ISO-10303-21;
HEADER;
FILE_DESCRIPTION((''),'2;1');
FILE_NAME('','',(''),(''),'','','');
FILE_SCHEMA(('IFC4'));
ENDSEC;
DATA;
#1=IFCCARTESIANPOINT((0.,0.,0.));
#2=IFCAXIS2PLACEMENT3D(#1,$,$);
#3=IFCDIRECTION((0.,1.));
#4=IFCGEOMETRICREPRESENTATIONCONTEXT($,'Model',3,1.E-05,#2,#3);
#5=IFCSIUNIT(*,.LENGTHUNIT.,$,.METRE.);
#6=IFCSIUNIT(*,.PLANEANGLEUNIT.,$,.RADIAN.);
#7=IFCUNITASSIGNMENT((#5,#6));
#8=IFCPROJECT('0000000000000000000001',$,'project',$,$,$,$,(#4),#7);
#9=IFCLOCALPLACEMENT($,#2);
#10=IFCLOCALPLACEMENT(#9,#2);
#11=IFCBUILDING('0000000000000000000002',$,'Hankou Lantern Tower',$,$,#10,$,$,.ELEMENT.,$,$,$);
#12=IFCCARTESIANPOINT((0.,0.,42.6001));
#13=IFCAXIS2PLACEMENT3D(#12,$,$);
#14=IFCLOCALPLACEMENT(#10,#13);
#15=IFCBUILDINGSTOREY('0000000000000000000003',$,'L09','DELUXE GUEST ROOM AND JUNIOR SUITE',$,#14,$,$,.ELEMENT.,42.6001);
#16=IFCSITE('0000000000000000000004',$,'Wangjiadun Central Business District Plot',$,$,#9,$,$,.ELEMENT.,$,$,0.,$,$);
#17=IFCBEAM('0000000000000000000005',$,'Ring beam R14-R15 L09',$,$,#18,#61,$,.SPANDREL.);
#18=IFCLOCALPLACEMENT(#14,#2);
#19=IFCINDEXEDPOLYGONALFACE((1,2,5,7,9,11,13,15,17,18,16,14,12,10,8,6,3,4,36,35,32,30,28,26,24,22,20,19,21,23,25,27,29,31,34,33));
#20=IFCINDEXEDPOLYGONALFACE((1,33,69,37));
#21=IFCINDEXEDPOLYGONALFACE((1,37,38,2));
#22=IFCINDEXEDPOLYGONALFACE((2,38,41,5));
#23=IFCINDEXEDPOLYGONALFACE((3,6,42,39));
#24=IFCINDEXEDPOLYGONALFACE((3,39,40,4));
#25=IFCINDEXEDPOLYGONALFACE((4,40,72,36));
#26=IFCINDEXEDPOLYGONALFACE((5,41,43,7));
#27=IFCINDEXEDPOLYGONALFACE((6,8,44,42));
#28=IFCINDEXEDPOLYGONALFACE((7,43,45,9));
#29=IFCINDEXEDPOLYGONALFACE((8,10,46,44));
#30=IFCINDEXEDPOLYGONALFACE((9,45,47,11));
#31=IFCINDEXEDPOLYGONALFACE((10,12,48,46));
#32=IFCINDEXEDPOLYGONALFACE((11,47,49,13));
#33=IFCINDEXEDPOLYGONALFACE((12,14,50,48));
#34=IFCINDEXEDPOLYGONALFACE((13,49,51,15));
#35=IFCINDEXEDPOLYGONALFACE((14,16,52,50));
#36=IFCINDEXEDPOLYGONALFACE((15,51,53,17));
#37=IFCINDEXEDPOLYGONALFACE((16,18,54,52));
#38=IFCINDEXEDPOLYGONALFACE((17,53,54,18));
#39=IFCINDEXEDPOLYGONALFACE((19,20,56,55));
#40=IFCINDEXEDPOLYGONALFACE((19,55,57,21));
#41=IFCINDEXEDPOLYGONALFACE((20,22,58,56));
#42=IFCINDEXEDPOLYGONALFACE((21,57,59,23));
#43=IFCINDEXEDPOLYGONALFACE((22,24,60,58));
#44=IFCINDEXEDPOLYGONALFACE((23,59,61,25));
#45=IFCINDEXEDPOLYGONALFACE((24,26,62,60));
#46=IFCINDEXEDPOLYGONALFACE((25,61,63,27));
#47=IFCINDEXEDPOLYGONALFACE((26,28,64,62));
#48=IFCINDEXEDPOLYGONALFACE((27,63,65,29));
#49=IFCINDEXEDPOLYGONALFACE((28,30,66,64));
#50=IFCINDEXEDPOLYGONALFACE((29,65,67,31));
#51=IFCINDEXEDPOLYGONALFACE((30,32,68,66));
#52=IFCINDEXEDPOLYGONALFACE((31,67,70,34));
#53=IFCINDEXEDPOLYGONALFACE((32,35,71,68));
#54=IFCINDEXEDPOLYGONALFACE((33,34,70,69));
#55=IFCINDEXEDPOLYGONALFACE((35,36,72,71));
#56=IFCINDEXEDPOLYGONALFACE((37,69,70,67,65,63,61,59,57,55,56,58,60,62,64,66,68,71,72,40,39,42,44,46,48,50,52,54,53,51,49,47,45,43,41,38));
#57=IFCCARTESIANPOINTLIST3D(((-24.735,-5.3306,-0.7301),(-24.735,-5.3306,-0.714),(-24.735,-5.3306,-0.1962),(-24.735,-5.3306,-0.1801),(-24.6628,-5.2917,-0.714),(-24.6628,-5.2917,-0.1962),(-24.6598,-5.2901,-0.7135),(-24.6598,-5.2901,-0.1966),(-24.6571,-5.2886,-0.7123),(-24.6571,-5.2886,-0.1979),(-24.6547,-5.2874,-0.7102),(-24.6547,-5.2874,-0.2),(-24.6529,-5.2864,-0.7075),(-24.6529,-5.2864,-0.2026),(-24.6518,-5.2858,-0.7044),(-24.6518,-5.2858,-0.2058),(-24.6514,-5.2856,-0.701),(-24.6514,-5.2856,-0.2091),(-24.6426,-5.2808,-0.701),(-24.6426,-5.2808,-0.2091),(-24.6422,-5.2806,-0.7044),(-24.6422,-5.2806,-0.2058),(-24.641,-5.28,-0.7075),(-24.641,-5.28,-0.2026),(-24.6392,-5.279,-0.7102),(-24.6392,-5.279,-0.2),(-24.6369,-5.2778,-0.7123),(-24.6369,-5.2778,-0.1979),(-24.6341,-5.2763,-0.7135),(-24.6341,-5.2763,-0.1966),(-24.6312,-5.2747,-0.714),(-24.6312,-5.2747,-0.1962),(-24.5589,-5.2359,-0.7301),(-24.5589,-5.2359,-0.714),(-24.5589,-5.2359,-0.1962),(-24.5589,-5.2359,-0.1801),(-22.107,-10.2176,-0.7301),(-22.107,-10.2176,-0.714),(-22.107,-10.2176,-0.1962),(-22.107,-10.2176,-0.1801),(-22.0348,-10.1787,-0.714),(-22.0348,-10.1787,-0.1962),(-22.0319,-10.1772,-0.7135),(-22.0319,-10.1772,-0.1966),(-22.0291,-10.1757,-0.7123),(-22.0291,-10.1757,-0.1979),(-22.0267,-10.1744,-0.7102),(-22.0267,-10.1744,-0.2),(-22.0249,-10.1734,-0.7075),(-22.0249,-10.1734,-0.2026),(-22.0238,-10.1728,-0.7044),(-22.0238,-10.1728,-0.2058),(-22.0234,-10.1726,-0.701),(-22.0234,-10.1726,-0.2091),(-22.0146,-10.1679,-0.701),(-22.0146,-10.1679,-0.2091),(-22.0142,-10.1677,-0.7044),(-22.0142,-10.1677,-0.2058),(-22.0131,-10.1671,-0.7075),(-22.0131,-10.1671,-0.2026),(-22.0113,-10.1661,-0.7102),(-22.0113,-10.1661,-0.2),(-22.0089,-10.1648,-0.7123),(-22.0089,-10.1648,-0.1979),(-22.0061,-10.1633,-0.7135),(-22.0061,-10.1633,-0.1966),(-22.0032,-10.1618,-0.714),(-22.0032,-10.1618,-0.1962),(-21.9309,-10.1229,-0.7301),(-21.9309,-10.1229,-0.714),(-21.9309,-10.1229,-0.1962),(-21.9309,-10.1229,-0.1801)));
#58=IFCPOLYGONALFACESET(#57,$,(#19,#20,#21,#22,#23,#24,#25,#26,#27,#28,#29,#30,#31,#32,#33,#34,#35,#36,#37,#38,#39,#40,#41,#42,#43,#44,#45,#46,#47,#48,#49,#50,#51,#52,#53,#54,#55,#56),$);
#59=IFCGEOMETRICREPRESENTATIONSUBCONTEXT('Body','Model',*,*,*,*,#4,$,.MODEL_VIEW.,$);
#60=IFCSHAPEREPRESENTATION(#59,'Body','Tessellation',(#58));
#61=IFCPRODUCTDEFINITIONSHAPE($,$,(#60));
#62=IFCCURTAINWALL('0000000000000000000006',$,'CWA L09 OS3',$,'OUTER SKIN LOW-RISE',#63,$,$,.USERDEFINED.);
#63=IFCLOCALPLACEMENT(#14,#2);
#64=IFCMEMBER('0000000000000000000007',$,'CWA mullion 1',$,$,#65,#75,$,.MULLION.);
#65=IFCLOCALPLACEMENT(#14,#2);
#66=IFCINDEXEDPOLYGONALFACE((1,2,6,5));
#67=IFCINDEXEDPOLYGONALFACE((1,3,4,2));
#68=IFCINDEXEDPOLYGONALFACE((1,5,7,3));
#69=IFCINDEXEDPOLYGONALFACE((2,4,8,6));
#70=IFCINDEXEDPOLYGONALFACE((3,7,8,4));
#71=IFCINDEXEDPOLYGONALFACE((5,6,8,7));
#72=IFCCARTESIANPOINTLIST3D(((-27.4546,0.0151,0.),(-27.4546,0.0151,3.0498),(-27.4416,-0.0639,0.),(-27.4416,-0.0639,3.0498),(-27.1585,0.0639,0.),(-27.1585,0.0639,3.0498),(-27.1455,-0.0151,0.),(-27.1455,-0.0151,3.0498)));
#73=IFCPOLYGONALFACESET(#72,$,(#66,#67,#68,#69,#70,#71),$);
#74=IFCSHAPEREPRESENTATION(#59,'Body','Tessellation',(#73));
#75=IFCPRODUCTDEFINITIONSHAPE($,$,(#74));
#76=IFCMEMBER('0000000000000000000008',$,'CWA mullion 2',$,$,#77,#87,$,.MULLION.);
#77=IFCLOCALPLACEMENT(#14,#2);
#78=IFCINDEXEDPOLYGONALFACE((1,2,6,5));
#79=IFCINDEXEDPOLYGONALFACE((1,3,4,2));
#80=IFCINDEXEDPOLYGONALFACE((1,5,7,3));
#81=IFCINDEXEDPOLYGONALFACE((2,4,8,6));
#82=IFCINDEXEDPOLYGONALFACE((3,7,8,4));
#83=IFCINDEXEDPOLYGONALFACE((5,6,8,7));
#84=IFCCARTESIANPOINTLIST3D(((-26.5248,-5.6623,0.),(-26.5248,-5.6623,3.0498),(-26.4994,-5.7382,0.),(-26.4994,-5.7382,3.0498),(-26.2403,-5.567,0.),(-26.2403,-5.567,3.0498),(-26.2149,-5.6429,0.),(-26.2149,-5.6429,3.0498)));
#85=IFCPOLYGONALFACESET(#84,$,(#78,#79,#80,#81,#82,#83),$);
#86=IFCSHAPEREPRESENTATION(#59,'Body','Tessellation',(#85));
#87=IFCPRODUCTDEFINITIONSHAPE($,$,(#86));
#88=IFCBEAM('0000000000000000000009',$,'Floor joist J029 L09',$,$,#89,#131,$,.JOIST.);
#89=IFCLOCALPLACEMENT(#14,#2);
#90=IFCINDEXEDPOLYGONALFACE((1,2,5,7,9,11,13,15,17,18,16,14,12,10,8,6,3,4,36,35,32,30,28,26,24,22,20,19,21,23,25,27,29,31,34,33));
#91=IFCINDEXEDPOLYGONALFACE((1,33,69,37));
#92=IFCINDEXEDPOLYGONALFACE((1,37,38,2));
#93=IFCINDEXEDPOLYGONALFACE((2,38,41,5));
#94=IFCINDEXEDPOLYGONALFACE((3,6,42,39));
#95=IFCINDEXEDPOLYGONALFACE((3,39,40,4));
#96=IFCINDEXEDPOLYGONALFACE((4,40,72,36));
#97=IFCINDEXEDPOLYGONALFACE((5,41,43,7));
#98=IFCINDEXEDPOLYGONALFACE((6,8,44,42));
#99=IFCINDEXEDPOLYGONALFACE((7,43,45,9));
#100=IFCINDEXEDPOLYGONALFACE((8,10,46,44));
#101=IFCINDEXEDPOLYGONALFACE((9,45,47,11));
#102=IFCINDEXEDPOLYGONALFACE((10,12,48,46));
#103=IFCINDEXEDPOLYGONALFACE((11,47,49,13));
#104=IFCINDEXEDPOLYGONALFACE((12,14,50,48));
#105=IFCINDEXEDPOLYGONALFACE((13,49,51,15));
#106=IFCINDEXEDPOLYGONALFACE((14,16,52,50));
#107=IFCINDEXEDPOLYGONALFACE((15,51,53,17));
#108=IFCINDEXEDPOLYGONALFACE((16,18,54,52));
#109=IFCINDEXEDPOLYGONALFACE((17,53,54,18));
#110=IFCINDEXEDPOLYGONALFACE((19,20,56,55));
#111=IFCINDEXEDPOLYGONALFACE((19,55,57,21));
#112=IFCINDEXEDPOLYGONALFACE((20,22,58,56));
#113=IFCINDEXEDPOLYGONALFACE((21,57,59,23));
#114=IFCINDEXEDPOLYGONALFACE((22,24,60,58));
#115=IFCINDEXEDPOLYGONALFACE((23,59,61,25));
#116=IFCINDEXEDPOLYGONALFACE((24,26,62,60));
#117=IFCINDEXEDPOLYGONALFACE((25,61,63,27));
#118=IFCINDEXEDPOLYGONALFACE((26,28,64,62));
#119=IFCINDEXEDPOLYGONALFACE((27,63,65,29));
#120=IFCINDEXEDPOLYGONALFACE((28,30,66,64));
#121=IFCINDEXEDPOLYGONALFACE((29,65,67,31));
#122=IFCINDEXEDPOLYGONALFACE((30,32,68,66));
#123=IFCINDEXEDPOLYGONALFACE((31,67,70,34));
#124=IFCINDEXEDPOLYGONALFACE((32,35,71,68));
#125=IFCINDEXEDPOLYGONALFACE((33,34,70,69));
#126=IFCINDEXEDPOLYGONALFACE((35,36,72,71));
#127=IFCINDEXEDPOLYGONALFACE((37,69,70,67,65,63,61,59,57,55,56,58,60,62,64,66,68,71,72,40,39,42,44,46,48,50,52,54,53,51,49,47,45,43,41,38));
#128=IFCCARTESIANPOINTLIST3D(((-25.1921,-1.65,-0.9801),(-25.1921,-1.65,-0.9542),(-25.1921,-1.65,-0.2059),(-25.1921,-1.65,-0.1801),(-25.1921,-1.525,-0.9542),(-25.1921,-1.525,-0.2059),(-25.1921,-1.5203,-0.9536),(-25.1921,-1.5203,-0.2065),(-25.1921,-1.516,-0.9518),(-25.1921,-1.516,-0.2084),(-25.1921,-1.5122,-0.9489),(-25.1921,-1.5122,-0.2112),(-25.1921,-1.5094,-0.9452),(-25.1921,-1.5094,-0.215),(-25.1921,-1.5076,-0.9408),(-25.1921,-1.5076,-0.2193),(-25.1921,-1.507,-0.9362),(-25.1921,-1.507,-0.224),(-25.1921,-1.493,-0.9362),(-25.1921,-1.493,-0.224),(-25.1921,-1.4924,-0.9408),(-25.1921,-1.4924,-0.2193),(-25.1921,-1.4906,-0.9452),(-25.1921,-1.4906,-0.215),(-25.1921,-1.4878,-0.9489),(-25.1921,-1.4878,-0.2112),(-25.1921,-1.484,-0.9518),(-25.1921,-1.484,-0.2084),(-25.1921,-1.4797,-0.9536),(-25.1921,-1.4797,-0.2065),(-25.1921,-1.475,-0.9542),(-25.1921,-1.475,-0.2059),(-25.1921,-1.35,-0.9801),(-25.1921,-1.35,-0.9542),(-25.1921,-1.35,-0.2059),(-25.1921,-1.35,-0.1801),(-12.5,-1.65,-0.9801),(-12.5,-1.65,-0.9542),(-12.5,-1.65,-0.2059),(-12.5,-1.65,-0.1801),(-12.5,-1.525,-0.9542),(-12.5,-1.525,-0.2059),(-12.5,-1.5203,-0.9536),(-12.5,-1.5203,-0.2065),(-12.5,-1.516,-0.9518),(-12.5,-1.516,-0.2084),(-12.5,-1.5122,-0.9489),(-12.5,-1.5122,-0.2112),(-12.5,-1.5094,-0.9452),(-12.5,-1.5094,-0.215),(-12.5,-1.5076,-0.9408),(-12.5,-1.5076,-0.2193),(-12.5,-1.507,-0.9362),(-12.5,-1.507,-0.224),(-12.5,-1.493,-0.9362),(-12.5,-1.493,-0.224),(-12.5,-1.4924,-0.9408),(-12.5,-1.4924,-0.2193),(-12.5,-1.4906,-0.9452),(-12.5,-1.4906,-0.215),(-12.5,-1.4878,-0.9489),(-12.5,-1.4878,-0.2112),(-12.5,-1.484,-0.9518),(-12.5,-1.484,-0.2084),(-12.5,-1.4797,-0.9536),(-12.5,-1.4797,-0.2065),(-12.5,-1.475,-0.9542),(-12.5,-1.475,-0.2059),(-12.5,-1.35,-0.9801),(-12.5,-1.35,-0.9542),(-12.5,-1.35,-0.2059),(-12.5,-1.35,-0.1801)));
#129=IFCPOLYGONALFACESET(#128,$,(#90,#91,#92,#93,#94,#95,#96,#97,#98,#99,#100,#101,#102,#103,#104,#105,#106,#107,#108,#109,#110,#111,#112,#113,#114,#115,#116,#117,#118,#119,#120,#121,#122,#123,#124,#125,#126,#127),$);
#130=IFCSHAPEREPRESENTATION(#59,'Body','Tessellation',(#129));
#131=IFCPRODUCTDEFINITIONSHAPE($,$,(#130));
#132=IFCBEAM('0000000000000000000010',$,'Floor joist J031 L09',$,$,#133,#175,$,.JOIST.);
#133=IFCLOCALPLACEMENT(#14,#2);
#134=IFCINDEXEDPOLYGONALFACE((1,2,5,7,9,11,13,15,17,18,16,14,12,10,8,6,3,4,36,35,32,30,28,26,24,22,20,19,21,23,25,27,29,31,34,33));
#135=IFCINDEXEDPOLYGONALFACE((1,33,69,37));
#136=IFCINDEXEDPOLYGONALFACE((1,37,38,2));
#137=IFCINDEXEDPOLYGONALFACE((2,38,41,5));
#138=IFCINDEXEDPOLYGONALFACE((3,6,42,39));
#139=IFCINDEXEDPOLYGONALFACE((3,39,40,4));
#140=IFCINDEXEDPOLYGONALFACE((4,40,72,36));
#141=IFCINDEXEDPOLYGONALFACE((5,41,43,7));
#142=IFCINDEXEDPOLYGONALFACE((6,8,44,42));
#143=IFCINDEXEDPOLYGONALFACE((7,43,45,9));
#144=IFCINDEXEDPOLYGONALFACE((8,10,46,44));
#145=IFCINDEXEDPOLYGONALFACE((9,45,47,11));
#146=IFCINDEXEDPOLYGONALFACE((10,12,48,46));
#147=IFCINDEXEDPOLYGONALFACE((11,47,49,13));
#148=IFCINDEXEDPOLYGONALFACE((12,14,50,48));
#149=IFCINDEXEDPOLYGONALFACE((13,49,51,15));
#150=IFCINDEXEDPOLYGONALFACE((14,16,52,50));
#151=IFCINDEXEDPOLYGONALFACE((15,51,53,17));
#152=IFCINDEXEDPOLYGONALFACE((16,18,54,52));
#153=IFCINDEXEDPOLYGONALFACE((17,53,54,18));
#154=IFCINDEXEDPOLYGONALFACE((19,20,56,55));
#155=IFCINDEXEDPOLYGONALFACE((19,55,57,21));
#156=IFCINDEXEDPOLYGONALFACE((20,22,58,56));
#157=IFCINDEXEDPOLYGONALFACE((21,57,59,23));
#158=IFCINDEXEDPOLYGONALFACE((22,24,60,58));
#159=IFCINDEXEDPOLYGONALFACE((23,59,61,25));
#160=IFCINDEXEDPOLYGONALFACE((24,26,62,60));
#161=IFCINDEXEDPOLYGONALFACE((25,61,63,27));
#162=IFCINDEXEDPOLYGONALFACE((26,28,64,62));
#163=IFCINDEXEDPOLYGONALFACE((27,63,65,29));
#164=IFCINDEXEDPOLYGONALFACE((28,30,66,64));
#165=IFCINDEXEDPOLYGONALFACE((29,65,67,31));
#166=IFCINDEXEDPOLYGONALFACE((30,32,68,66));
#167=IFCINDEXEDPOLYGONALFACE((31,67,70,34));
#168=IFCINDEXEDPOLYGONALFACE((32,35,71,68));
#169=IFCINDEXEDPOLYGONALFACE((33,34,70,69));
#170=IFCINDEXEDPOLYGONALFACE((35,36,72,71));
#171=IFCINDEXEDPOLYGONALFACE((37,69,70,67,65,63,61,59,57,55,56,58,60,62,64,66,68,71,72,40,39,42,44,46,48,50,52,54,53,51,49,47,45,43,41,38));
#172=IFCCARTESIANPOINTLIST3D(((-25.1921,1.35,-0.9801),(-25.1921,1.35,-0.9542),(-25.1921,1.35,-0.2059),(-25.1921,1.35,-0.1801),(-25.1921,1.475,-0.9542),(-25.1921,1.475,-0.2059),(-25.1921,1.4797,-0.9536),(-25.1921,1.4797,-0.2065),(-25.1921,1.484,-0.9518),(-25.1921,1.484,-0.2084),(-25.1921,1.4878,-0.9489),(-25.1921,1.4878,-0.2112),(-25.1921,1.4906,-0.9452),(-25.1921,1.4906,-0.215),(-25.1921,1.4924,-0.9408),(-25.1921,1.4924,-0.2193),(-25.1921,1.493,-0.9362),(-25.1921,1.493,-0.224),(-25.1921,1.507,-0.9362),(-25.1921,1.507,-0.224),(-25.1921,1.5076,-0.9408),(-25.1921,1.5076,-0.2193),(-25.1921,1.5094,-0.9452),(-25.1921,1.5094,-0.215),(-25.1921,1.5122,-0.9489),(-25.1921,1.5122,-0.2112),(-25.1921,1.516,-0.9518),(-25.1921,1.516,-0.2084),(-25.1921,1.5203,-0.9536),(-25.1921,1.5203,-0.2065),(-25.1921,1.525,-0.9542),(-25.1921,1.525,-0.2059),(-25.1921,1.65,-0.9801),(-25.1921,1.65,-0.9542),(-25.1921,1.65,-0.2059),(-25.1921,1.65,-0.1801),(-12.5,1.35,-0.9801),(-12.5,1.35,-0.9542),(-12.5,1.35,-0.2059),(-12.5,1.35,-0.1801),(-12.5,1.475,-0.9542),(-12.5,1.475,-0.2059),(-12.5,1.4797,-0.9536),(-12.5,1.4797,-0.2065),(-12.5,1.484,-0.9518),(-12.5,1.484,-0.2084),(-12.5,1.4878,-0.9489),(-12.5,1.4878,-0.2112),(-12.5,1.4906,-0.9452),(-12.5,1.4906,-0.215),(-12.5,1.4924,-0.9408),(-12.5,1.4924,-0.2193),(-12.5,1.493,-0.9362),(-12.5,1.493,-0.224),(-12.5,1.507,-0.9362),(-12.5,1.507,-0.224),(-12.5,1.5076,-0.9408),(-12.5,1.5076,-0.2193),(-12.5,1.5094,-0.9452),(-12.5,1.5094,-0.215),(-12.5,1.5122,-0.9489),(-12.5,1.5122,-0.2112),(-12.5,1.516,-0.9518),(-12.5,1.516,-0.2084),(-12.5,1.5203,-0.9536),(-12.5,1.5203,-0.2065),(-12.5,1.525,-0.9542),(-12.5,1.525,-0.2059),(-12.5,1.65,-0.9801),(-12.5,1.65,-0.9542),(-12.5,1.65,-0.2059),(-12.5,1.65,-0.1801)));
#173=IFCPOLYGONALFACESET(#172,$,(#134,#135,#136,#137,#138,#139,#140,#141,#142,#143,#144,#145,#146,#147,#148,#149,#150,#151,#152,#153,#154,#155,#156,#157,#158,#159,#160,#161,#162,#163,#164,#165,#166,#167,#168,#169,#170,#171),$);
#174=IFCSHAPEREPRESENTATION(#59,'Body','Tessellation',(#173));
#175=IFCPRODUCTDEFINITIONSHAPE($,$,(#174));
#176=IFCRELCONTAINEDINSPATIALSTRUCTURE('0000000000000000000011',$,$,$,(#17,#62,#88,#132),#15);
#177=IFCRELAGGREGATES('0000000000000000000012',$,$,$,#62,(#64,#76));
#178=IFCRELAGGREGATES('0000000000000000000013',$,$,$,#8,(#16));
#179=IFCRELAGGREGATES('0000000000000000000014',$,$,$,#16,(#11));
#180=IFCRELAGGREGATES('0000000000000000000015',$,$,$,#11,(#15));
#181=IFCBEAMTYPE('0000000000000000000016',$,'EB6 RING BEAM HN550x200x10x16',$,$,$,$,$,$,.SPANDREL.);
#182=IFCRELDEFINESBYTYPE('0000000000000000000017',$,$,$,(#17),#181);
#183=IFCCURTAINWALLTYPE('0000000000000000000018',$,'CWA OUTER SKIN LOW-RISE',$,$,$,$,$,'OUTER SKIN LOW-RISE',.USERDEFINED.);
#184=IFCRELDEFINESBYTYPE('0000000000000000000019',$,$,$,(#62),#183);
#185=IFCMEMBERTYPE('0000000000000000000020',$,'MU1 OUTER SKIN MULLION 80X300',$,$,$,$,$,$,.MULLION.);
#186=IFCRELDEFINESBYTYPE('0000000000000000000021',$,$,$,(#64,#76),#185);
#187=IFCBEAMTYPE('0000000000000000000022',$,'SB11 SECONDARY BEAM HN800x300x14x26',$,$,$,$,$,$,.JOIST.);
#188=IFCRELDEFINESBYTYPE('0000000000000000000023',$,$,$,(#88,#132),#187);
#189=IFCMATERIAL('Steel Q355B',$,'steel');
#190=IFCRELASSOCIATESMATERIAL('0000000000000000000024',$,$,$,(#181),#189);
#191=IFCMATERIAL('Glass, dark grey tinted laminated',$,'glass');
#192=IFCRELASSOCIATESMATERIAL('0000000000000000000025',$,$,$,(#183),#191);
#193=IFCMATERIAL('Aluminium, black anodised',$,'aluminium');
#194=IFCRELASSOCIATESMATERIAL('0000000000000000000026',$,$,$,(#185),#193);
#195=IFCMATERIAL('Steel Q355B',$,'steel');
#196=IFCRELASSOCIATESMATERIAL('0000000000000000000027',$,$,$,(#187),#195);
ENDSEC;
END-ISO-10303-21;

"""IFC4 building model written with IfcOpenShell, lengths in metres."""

from ifc_helpers import new_model, si_unit, direction, frame, origin, origin_2d, place, context, subcontext, project, spatial, rectangle, i_section, extrude, material, material_profile, profile_set, type_object, element, aggregate, save


model = new_model("IFC4")

# Units and contexts
model_context = context("Model", 3, precision=1e-05, world=origin(), true_north=direction((0.0, 1.0)))
body_context = subcontext(model_context, "Body", "Model", "MODEL_VIEW")
ifc_project = project(units=[si_unit("LENGTHUNIT", "METRE"), si_unit("PLANEANGLEUNIT", "RADIAN")], contexts=[model_context])

# Site, building, storey
site_placement = place(None, origin())
site = spatial("IfcSite", under=ifc_project, at=site_placement, Name="Wangjiadun Central Business District Plot", CompositionType="ELEMENT", RefElevation=0.0)
building_placement = place(site_placement, origin())
building = spatial("IfcBuilding", under=site, at=building_placement, Name="Hankou Lantern Tower", CompositionType="ELEMENT")
storey_placement = place(building_placement, frame((0.0, 0.0, 42.6001)))
storey = spatial("IfcBuildingStorey", under=building, at=storey_placement, Name="L09", Description="DELUXE GUEST ROOM AND JUNIOR SUITE", CompositionType="ELEMENT", Elevation=42.6001)

# Beam
ifc_material_1 = material(Name="Steel Q355B", Category="steel")
ifc_material_profile_1 = material_profile(ifc_material_1, i_section(OverallWidth=0.2, OverallDepth=0.55, WebThickness=0.01, FlangeThickness=0.0161, FilletRadius=0.0129, at=origin_2d()), Name="HN550x200x10x16")
ifc_profile_set_1 = profile_set([ifc_material_profile_1], Name="Steel Q355B")
beam_type_1 = type_object("IfcBeamType", Name="EB6 RING BEAM HN550x200x10x16", PredefinedType="SPANDREL", material=ifc_profile_set_1)
beam_1_placement = place(storey_placement, frame((-24.647, -5.2832, -0.4551), z_axis=(0.473609, -0.880735, 0.0), x_axis=(0.880735, 0.473609, 0.0)))
element("IfcBeam", 1, at=beam_1_placement, inside=storey, type_object=beam_type_1, Name="Ring beam R14-R15 L09", PredefinedType="SPANDREL", context=body_context, shape_type="SweptSolid", body=[
    extrude(i_section(OverallWidth=0.2, OverallDepth=0.55, WebThickness=0.01, FlangeThickness=0.0161, FilletRadius=0.0129, at=origin_2d()), origin(), (0.0, 0.0, 1.0), 5.5488),
])

# Curtain wall, members
ifc_material_2 = material(Name="Glass, dark grey tinted laminated", Category="glass")
curtain_wall_type = type_object("IfcCurtainWallType", Name="CWA OUTER SKIN LOW-RISE", ElementType="OUTER SKIN LOW-RISE", PredefinedType="USERDEFINED", material=ifc_material_2)
curtain_wall_1_placement = place(storey_placement, origin())
curtain_wall_1 = element("IfcCurtainWall", 2, at=curtain_wall_1_placement, inside=storey, type_object=curtain_wall_type, Name="CWA L09 OS3", ObjectType="OUTER SKIN LOW-RISE", PredefinedType="USERDEFINED")
ifc_material_3 = material(Name="Aluminium, black anodised", Category="aluminium")
ifc_material_profile_2 = material_profile(ifc_material_3, rectangle(XDim=0.0801, YDim=0.3, at=origin_2d()), Name="MU1 80X300")
ifc_profile_set_2 = profile_set([ifc_material_profile_2], Name="Aluminium, black anodised")
member_type_1 = type_object("IfcMemberType", Name="MU1 OUTER SKIN MULLION 80X300", PredefinedType="MULLION", material=ifc_profile_set_2)
member_1_placement = place(storey_placement, frame((-27.3, 0.0, 0.0), z_axis=(0.0, 0.0, 1.0), x_axis=(0.162382, -0.986728, 0.0)))
member_1 = element("IfcMember", 3, at=member_1_placement, type_object=member_type_1, Name="CWA mullion 1", PredefinedType="MULLION", context=body_context, shape_type="SweptSolid", body=[
    extrude(rectangle(XDim=0.0801, YDim=0.3, at=origin_2d()), origin(), (0.0, 0.0, 1.0), 3.0498),
])
member_2_placement = place(storey_placement, frame((-26.3699, -5.6526, 0.0), z_axis=(0.0, 0.0, 1.0), x_axis=(0.317596, -0.948226, 0.0)))
member_2 = element("IfcMember", 4, at=member_2_placement, type_object=member_type_1, Name="CWA mullion 2", PredefinedType="MULLION", context=body_context, shape_type="SweptSolid", body=[
    extrude(rectangle(XDim=0.0801, YDim=0.3, at=origin_2d()), origin(), (0.0, 0.0, 1.0), 3.0498),
])

# Beams
ifc_material_4 = material(Name="Steel Q355B", Category="steel")
ifc_material_profile_3 = material_profile(ifc_material_4, i_section(OverallWidth=0.3, OverallDepth=0.8, WebThickness=0.0139, FlangeThickness=0.0259, FilletRadius=0.0181, at=origin_2d()), Name="HN800x300x14x26")
ifc_profile_set_3 = profile_set([ifc_material_profile_3], Name="Steel Q355B")
beam_type_2 = type_object("IfcBeamType", Name="SB11 SECONDARY BEAM HN800x300x14x26", PredefinedType="JOIST", material=ifc_profile_set_3)
for number, where, z_axis, x_axis, name in (
    (5, (-25.1921, -1.5, -0.5801), (1.0, 0.0, 0.0), (0.0, 1.0, 0.0), "Floor joist J029 L09"),
    (6, (-25.1921, 1.5, -0.5801), (1.0, 0.0, 0.0), (0.0, 1.0, 0.0), "Floor joist J031 L09"),
):
    element("IfcBeam", number, at=place(storey_placement, frame(where, z_axis=z_axis, x_axis=x_axis)), inside=storey, type_object=beam_type_2, Name=name, PredefinedType="JOIST", context=body_context, shape_type="SweptSolid", body=[
        extrude(i_section(OverallWidth=0.3, OverallDepth=0.8, WebThickness=0.0139, FlangeThickness=0.0259, FilletRadius=0.0181, at=origin_2d()), origin(), (0.0, 0.0, 1.0), 12.6921),
    ])

aggregate(curtain_wall_1, [member_1, member_2])

save(model, "model.ifc")
